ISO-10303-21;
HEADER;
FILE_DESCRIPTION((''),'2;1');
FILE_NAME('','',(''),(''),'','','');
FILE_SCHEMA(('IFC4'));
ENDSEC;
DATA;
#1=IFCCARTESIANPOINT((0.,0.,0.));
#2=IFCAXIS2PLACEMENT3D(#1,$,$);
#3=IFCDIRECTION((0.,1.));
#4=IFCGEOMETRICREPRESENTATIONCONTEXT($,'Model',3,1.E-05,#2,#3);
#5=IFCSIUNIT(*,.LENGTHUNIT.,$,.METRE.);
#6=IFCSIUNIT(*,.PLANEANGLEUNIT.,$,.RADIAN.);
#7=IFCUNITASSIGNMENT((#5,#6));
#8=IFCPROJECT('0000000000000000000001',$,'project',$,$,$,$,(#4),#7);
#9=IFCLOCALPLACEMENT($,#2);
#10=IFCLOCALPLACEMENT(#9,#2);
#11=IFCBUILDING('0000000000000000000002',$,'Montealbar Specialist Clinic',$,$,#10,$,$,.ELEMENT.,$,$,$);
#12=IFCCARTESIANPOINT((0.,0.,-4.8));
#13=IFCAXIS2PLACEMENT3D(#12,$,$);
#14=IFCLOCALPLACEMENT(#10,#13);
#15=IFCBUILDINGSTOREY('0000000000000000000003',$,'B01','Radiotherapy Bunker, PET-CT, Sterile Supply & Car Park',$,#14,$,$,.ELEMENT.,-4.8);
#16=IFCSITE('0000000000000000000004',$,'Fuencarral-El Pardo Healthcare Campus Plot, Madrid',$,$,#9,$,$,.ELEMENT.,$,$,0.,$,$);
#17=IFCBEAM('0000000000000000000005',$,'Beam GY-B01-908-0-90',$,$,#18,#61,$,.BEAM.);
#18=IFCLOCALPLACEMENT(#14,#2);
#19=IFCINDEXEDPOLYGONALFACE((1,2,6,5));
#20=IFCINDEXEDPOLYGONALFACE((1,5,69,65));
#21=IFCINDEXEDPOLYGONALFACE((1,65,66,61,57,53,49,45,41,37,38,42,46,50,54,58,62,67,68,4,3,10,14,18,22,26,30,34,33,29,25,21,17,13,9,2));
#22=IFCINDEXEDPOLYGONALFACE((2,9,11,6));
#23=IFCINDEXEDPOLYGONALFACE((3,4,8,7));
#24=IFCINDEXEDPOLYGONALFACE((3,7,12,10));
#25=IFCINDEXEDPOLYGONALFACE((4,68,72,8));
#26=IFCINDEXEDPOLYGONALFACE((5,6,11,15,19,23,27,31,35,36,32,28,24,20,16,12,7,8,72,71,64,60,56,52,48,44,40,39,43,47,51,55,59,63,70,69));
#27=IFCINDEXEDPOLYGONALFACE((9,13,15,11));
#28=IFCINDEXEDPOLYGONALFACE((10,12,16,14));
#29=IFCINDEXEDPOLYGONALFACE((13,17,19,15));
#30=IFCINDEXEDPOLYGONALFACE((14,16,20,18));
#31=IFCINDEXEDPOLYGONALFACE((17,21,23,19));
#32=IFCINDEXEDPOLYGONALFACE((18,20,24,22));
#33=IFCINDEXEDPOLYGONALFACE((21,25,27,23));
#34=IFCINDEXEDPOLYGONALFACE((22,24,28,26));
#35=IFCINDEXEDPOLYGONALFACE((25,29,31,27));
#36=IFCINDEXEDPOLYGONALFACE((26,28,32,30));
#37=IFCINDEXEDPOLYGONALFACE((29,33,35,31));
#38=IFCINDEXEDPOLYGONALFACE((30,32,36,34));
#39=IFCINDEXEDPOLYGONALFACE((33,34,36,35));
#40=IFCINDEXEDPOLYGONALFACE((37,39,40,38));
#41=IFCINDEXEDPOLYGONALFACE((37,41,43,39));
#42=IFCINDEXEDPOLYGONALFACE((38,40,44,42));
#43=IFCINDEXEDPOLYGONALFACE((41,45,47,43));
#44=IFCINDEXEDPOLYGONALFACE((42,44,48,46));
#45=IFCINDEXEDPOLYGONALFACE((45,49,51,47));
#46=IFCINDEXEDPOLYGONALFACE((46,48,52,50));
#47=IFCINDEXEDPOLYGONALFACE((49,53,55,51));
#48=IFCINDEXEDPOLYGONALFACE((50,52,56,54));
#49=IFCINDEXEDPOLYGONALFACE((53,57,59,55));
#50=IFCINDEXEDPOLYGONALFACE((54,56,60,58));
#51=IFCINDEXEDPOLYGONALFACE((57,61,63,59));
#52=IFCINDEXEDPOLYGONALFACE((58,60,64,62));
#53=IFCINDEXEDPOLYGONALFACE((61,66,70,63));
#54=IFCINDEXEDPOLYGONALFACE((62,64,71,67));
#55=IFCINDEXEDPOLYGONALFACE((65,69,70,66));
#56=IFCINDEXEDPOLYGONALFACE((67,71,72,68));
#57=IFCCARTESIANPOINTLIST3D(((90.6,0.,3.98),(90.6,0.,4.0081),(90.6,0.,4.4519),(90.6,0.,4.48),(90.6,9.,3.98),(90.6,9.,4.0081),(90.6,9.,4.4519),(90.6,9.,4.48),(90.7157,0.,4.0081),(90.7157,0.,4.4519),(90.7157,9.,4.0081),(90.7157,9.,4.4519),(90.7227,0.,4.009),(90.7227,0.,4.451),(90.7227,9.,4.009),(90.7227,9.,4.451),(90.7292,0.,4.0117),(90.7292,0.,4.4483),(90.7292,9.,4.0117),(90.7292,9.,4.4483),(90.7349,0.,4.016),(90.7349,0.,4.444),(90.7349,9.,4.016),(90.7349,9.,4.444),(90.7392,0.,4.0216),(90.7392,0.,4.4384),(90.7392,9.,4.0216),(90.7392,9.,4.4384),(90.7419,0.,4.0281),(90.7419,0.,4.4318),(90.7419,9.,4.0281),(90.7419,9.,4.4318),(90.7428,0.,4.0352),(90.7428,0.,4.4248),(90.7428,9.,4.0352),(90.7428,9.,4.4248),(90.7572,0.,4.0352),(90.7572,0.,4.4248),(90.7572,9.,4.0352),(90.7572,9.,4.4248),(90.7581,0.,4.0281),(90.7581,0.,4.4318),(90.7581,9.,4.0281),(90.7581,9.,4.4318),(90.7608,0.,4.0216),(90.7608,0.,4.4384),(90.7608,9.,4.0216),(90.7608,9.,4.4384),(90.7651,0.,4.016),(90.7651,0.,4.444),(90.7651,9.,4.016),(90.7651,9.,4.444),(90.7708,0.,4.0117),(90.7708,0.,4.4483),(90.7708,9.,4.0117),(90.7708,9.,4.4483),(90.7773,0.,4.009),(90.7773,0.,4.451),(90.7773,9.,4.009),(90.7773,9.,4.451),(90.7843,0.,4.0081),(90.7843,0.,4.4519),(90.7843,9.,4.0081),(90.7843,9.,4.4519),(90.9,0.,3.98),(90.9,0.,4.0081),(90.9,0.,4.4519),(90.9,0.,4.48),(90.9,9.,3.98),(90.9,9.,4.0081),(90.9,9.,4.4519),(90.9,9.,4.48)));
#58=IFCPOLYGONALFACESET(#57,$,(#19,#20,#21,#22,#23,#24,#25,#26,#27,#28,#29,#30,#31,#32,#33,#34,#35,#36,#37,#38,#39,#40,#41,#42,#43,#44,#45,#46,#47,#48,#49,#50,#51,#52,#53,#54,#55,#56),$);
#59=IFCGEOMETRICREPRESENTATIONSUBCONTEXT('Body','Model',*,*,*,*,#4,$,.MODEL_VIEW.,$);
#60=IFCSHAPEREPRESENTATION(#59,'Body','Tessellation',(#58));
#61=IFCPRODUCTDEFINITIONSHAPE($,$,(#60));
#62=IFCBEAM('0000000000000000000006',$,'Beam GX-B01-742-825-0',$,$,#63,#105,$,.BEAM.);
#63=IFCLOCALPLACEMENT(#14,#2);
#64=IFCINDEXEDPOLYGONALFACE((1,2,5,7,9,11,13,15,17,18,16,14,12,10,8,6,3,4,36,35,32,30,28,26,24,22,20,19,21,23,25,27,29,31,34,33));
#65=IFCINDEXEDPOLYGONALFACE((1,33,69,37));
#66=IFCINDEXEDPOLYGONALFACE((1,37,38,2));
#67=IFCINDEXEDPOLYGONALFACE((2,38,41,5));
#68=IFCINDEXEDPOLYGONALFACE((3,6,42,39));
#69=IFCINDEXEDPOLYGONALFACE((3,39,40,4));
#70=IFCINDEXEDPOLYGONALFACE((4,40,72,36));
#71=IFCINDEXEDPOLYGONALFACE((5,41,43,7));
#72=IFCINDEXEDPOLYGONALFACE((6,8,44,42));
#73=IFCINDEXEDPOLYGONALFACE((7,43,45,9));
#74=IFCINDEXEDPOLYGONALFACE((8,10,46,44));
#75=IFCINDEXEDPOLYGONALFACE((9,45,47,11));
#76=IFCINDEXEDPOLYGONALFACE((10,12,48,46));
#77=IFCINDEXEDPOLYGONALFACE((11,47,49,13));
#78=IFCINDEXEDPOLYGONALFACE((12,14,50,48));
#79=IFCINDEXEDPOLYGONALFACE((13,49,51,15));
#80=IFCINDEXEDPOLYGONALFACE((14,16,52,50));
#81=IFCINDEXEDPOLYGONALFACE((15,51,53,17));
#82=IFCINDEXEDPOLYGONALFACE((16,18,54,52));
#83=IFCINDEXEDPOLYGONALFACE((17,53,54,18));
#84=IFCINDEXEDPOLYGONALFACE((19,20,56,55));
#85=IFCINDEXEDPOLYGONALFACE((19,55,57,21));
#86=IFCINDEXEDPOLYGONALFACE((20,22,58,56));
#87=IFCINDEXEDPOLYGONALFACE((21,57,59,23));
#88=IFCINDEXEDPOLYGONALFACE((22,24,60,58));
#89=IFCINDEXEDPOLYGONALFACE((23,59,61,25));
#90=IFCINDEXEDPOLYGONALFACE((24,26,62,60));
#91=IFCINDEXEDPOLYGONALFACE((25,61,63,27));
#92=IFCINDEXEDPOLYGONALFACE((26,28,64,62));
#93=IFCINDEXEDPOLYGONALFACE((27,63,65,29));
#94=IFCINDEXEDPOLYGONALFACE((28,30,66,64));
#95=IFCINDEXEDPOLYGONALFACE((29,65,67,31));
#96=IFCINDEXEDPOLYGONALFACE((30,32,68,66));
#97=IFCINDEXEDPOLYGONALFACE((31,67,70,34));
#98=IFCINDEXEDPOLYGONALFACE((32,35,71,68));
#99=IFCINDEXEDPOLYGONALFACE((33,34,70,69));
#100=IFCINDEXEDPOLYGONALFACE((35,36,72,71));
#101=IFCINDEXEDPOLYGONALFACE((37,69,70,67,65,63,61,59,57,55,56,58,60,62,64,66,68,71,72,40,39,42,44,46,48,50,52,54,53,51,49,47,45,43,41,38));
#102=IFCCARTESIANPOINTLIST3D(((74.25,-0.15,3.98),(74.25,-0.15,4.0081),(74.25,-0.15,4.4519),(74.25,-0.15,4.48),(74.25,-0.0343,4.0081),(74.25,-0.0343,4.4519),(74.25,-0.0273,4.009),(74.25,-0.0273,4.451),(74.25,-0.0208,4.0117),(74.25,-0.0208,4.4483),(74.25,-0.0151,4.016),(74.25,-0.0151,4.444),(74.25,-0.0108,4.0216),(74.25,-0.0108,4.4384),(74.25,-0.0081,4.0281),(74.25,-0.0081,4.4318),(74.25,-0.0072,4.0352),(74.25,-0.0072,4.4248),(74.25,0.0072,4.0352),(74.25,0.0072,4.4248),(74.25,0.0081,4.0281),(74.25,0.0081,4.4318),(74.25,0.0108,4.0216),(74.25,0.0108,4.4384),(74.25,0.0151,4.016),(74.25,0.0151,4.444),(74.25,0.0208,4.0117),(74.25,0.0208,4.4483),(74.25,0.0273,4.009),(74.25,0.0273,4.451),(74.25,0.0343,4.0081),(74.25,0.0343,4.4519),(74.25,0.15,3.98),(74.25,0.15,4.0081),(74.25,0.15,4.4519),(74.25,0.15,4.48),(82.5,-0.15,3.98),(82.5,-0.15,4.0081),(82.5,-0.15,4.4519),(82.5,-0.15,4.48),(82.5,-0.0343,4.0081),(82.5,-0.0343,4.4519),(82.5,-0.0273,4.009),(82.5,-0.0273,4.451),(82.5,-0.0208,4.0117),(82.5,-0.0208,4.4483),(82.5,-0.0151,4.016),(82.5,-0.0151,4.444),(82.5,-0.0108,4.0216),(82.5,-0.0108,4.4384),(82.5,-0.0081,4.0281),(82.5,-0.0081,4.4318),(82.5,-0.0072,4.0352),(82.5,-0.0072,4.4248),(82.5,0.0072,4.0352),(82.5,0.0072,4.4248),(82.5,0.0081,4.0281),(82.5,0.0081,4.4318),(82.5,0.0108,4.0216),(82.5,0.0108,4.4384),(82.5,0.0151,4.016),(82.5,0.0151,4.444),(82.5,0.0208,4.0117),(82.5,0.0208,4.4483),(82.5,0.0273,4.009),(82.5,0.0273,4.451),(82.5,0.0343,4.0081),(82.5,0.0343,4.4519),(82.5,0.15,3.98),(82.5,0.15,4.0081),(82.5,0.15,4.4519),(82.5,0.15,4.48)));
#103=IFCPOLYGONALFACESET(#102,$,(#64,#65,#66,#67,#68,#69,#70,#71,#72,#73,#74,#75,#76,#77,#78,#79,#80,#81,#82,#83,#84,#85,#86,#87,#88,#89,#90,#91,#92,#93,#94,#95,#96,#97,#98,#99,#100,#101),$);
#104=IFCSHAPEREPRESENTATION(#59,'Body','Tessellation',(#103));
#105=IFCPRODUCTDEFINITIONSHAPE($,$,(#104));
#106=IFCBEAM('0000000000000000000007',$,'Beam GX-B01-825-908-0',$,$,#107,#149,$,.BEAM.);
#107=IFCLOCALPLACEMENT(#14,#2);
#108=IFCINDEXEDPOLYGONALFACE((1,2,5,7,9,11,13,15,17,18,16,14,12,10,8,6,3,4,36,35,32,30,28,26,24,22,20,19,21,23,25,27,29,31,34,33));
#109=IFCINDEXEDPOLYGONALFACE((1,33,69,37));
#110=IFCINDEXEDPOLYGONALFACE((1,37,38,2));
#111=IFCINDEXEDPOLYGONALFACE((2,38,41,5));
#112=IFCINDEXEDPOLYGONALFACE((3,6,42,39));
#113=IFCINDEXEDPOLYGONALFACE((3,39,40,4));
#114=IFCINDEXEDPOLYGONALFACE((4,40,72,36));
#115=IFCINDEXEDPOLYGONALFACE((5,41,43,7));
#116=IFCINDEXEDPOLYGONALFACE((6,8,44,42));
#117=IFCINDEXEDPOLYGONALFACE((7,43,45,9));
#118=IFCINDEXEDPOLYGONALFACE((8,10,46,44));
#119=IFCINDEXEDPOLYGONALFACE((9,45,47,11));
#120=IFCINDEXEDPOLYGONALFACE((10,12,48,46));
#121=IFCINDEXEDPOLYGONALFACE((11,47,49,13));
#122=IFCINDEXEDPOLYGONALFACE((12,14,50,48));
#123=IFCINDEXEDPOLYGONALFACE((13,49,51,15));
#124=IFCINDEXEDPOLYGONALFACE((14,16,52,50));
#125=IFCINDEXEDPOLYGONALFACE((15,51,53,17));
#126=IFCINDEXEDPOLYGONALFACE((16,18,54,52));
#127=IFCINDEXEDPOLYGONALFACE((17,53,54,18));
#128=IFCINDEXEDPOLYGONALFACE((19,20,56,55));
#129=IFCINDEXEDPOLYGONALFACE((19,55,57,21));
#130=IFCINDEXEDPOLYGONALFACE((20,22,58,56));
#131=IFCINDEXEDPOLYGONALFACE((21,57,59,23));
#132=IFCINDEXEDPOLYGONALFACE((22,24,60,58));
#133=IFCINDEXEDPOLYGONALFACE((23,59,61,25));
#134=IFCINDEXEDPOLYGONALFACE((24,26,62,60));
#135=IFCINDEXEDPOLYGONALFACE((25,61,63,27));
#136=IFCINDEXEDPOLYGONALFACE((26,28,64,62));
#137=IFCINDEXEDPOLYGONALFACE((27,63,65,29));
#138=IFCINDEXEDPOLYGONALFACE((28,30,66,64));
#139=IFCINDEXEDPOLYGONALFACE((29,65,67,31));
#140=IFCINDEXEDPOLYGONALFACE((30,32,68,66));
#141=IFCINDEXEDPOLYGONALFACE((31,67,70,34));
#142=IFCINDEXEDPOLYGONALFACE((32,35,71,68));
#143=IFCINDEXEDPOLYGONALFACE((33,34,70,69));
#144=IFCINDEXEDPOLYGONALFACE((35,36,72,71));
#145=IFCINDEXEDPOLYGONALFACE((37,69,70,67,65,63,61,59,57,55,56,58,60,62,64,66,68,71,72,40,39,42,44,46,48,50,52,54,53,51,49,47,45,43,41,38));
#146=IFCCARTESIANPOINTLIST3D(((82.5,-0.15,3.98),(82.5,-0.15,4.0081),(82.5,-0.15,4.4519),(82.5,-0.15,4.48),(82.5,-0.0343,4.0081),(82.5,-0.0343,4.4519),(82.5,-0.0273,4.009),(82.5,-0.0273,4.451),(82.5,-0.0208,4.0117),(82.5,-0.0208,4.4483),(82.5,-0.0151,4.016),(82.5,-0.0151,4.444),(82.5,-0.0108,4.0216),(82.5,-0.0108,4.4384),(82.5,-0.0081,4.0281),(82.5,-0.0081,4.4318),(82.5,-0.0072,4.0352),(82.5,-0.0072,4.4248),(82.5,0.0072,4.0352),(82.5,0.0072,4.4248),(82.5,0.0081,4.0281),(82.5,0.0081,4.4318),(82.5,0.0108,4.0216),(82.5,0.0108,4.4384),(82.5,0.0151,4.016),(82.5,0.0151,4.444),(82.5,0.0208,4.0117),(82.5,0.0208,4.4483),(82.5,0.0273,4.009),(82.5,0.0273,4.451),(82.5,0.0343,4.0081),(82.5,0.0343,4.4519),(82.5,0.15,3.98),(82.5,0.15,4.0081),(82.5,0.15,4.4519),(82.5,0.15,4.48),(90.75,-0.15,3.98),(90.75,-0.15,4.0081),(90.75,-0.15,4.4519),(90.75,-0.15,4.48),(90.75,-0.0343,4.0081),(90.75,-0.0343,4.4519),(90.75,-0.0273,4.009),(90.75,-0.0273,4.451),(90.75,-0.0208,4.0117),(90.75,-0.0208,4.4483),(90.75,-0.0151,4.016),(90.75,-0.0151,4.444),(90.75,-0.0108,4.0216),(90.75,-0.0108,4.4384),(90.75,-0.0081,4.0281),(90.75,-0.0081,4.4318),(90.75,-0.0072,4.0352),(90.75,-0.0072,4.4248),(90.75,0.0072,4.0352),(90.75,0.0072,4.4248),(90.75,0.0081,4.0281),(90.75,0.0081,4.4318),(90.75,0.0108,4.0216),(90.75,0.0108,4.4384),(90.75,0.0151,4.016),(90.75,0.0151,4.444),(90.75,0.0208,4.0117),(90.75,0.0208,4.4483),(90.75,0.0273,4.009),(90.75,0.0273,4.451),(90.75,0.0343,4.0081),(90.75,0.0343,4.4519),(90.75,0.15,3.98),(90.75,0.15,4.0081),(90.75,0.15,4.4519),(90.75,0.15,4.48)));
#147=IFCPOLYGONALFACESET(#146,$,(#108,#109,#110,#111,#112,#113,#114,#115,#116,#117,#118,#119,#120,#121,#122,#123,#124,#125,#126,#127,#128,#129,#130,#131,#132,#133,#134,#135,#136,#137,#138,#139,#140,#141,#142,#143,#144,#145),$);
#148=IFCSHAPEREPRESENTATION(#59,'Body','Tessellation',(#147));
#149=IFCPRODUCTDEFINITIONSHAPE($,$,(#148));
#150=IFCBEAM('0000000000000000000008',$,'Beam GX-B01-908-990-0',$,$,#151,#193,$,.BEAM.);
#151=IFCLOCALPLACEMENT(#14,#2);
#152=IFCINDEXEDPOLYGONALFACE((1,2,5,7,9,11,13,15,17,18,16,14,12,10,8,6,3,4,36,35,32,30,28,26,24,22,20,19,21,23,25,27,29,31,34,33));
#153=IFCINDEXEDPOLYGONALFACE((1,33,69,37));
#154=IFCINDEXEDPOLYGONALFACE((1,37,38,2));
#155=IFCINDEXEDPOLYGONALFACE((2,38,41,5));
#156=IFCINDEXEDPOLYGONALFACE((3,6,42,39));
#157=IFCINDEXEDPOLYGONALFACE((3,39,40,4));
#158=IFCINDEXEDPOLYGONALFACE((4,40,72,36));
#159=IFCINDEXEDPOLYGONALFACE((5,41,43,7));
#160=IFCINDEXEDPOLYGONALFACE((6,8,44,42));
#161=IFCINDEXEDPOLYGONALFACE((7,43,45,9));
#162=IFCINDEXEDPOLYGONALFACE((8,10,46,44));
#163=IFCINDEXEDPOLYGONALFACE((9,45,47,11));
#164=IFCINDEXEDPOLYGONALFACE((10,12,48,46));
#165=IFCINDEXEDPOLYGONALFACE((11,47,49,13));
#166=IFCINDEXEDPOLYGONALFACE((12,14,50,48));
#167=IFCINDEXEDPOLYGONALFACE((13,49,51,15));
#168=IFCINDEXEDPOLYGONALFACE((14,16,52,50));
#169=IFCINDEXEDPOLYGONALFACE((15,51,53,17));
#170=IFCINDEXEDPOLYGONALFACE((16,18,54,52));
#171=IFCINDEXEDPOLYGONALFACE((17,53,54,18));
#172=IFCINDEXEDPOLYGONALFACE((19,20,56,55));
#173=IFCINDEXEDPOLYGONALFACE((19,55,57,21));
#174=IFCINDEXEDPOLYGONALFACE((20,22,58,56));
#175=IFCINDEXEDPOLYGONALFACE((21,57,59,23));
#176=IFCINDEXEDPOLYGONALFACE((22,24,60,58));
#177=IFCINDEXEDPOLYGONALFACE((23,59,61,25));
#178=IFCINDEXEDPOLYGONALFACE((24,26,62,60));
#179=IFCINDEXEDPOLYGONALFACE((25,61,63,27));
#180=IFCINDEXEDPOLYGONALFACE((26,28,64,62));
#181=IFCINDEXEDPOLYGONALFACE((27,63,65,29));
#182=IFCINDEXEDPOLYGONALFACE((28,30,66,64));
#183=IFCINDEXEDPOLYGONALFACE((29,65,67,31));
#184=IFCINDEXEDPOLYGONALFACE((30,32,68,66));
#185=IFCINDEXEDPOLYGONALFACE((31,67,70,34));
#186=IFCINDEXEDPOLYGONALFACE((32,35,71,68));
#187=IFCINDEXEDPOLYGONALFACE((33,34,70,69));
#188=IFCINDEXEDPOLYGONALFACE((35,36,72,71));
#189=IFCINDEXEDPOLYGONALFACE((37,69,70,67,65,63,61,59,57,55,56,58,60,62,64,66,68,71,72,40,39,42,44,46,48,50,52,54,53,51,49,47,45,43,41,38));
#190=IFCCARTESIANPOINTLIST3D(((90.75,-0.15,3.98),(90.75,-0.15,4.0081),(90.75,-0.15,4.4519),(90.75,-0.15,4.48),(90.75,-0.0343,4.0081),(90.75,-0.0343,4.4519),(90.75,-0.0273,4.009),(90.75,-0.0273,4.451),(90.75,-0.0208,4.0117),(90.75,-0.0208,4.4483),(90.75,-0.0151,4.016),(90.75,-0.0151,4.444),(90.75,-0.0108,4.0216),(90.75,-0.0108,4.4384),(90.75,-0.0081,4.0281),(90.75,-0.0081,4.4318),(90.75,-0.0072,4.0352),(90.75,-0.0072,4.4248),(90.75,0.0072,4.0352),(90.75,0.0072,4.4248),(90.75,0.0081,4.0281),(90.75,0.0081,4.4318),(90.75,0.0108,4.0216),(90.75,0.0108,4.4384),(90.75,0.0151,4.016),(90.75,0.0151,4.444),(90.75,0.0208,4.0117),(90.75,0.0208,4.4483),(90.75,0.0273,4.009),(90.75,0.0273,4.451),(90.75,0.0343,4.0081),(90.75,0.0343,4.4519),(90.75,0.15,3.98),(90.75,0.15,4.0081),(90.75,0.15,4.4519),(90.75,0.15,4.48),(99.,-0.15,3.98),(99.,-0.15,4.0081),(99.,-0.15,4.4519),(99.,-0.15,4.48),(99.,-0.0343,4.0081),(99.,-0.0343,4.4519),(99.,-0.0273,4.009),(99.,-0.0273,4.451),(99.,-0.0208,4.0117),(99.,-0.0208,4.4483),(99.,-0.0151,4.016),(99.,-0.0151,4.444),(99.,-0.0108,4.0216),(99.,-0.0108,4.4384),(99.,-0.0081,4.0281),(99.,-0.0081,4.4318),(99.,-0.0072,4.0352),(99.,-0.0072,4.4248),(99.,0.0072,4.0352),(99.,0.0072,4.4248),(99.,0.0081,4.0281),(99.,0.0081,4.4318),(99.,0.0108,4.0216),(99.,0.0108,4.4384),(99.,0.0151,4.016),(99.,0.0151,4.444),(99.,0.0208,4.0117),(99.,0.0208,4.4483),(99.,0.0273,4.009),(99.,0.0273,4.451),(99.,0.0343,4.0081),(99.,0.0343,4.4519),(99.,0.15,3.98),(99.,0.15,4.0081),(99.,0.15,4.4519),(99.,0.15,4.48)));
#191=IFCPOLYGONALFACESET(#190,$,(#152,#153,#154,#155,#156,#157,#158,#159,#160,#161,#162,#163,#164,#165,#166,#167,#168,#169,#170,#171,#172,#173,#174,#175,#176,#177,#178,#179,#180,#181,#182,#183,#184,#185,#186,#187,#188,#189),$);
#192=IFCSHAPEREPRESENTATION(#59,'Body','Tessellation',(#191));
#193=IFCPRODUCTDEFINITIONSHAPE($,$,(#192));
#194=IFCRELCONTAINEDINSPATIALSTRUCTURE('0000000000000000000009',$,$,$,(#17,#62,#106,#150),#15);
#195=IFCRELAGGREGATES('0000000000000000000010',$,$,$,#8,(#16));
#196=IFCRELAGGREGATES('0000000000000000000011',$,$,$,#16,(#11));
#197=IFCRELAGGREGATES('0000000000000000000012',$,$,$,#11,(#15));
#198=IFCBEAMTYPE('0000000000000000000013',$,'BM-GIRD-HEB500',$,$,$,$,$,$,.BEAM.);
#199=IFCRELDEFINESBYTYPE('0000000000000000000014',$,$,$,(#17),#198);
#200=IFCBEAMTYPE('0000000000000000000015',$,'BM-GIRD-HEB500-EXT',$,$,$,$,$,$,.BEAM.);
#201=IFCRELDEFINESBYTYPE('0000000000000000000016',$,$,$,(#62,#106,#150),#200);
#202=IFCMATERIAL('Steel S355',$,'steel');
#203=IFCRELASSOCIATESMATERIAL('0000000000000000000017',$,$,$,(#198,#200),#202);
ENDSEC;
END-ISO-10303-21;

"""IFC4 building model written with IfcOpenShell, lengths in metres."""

from ifc_helpers import new_model, si_unit, direction, frame, origin, origin_2d, place, context, subcontext, project, spatial, i_section, extrude, material, material_profile, profile_set, type_object, element, save


model = new_model("IFC4")

# Units and contexts
model_context = context("Model", 3, precision=1e-05, world=origin(), true_north=direction((0.0, 1.0)))
body_context = subcontext(model_context, "Body", "Model", "MODEL_VIEW")
ifc_project = project(units=[si_unit("LENGTHUNIT", "METRE"), si_unit("PLANEANGLEUNIT", "RADIAN")], contexts=[model_context])

# Site, building, storey
site_placement = place(None, origin())
site = spatial("IfcSite", under=ifc_project, at=site_placement, Name="Fuencarral-El Pardo Healthcare Campus Plot, Madrid", CompositionType="ELEMENT", RefElevation=0.0)
building_placement = place(site_placement, origin())
building = spatial("IfcBuilding", under=site, at=building_placement, Name="Montealbar Specialist Clinic", CompositionType="ELEMENT")
storey_placement = place(building_placement, frame((0.0, 0.0, -4.8)))
storey = spatial("IfcBuildingStorey", under=building, at=storey_placement, Name="B01", Description="Radiotherapy Bunker, PET-CT, Sterile Supply & Car Park", CompositionType="ELEMENT", Elevation=-4.8)

# Shared definitions
ifc_material_1 = material(Name="Steel S355", Category="steel")

# Beams
ifc_material_profile_1 = material_profile(ifc_material_1, i_section(OverallWidth=0.3, OverallDepth=0.5, WebThickness=0.0144, FlangeThickness=0.0281, FilletRadius=0.0271, at=origin_2d()), Name="HEB 500", Category="steel")
ifc_profile_set_1 = profile_set([ifc_material_profile_1], Name="Steel S355")
beam_type_1 = type_object("IfcBeamType", Name="BM-GIRD-HEB500", PredefinedType="BEAM", material=ifc_profile_set_1)
for number, where, z_axis, x_axis, name in (
    (1, (90.75, 0.0, 4.23), (0.0, 1.0, 0.0), (-1.0, 0.0, 0.0), "Beam GY-B01-908-0-90"),
):
    element("IfcBeam", number, at=place(storey_placement, frame(where, z_axis=z_axis, x_axis=x_axis)), inside=storey, type_object=beam_type_1, Name=name, PredefinedType="BEAM", context=body_context, shape_type="SweptSolid", body=[
        extrude(i_section(OverallWidth=0.3, OverallDepth=0.5, WebThickness=0.0144, FlangeThickness=0.0281, FilletRadius=0.0271, at=origin_2d()), origin(), (0.0, 0.0, 1.0), 9.0),
    ])
ifc_material_profile_2 = material_profile(ifc_material_1, i_section(OverallWidth=0.3, OverallDepth=0.5, WebThickness=0.0144, FlangeThickness=0.0281, FilletRadius=0.0271, at=origin_2d()), Name="HEB 500", Category="steel")
ifc_profile_set_2 = profile_set([ifc_material_profile_2], Name="Steel S355")
beam_type_2 = type_object("IfcBeamType", Name="BM-GIRD-HEB500-EXT", PredefinedType="BEAM", material=ifc_profile_set_2)
for number, where, z_axis, x_axis, name in (
    (2, (74.25, 0.0, 4.23), (1.0, 0.0, 0.0), (0.0, 1.0, 0.0), "Beam GX-B01-742-825-0"),
    (3, (82.5, 0.0, 4.23), (1.0, 0.0, 0.0), (0.0, 1.0, 0.0), "Beam GX-B01-825-908-0"),
    (4, (90.75, 0.0, 4.23), (1.0, 0.0, 0.0), (0.0, 1.0, 0.0), "Beam GX-B01-908-990-0"),
):
    element("IfcBeam", number, at=place(storey_placement, frame(where, z_axis=z_axis, x_axis=x_axis)), inside=storey, type_object=beam_type_2, Name=name, PredefinedType="BEAM", context=body_context, shape_type="SweptSolid", body=[
        extrude(i_section(OverallWidth=0.3, OverallDepth=0.5, WebThickness=0.0144, FlangeThickness=0.0281, FilletRadius=0.0271, at=origin_2d()), origin(), (0.0, 0.0, 1.0), 8.25),
    ])

save(model, "model.ifc")
